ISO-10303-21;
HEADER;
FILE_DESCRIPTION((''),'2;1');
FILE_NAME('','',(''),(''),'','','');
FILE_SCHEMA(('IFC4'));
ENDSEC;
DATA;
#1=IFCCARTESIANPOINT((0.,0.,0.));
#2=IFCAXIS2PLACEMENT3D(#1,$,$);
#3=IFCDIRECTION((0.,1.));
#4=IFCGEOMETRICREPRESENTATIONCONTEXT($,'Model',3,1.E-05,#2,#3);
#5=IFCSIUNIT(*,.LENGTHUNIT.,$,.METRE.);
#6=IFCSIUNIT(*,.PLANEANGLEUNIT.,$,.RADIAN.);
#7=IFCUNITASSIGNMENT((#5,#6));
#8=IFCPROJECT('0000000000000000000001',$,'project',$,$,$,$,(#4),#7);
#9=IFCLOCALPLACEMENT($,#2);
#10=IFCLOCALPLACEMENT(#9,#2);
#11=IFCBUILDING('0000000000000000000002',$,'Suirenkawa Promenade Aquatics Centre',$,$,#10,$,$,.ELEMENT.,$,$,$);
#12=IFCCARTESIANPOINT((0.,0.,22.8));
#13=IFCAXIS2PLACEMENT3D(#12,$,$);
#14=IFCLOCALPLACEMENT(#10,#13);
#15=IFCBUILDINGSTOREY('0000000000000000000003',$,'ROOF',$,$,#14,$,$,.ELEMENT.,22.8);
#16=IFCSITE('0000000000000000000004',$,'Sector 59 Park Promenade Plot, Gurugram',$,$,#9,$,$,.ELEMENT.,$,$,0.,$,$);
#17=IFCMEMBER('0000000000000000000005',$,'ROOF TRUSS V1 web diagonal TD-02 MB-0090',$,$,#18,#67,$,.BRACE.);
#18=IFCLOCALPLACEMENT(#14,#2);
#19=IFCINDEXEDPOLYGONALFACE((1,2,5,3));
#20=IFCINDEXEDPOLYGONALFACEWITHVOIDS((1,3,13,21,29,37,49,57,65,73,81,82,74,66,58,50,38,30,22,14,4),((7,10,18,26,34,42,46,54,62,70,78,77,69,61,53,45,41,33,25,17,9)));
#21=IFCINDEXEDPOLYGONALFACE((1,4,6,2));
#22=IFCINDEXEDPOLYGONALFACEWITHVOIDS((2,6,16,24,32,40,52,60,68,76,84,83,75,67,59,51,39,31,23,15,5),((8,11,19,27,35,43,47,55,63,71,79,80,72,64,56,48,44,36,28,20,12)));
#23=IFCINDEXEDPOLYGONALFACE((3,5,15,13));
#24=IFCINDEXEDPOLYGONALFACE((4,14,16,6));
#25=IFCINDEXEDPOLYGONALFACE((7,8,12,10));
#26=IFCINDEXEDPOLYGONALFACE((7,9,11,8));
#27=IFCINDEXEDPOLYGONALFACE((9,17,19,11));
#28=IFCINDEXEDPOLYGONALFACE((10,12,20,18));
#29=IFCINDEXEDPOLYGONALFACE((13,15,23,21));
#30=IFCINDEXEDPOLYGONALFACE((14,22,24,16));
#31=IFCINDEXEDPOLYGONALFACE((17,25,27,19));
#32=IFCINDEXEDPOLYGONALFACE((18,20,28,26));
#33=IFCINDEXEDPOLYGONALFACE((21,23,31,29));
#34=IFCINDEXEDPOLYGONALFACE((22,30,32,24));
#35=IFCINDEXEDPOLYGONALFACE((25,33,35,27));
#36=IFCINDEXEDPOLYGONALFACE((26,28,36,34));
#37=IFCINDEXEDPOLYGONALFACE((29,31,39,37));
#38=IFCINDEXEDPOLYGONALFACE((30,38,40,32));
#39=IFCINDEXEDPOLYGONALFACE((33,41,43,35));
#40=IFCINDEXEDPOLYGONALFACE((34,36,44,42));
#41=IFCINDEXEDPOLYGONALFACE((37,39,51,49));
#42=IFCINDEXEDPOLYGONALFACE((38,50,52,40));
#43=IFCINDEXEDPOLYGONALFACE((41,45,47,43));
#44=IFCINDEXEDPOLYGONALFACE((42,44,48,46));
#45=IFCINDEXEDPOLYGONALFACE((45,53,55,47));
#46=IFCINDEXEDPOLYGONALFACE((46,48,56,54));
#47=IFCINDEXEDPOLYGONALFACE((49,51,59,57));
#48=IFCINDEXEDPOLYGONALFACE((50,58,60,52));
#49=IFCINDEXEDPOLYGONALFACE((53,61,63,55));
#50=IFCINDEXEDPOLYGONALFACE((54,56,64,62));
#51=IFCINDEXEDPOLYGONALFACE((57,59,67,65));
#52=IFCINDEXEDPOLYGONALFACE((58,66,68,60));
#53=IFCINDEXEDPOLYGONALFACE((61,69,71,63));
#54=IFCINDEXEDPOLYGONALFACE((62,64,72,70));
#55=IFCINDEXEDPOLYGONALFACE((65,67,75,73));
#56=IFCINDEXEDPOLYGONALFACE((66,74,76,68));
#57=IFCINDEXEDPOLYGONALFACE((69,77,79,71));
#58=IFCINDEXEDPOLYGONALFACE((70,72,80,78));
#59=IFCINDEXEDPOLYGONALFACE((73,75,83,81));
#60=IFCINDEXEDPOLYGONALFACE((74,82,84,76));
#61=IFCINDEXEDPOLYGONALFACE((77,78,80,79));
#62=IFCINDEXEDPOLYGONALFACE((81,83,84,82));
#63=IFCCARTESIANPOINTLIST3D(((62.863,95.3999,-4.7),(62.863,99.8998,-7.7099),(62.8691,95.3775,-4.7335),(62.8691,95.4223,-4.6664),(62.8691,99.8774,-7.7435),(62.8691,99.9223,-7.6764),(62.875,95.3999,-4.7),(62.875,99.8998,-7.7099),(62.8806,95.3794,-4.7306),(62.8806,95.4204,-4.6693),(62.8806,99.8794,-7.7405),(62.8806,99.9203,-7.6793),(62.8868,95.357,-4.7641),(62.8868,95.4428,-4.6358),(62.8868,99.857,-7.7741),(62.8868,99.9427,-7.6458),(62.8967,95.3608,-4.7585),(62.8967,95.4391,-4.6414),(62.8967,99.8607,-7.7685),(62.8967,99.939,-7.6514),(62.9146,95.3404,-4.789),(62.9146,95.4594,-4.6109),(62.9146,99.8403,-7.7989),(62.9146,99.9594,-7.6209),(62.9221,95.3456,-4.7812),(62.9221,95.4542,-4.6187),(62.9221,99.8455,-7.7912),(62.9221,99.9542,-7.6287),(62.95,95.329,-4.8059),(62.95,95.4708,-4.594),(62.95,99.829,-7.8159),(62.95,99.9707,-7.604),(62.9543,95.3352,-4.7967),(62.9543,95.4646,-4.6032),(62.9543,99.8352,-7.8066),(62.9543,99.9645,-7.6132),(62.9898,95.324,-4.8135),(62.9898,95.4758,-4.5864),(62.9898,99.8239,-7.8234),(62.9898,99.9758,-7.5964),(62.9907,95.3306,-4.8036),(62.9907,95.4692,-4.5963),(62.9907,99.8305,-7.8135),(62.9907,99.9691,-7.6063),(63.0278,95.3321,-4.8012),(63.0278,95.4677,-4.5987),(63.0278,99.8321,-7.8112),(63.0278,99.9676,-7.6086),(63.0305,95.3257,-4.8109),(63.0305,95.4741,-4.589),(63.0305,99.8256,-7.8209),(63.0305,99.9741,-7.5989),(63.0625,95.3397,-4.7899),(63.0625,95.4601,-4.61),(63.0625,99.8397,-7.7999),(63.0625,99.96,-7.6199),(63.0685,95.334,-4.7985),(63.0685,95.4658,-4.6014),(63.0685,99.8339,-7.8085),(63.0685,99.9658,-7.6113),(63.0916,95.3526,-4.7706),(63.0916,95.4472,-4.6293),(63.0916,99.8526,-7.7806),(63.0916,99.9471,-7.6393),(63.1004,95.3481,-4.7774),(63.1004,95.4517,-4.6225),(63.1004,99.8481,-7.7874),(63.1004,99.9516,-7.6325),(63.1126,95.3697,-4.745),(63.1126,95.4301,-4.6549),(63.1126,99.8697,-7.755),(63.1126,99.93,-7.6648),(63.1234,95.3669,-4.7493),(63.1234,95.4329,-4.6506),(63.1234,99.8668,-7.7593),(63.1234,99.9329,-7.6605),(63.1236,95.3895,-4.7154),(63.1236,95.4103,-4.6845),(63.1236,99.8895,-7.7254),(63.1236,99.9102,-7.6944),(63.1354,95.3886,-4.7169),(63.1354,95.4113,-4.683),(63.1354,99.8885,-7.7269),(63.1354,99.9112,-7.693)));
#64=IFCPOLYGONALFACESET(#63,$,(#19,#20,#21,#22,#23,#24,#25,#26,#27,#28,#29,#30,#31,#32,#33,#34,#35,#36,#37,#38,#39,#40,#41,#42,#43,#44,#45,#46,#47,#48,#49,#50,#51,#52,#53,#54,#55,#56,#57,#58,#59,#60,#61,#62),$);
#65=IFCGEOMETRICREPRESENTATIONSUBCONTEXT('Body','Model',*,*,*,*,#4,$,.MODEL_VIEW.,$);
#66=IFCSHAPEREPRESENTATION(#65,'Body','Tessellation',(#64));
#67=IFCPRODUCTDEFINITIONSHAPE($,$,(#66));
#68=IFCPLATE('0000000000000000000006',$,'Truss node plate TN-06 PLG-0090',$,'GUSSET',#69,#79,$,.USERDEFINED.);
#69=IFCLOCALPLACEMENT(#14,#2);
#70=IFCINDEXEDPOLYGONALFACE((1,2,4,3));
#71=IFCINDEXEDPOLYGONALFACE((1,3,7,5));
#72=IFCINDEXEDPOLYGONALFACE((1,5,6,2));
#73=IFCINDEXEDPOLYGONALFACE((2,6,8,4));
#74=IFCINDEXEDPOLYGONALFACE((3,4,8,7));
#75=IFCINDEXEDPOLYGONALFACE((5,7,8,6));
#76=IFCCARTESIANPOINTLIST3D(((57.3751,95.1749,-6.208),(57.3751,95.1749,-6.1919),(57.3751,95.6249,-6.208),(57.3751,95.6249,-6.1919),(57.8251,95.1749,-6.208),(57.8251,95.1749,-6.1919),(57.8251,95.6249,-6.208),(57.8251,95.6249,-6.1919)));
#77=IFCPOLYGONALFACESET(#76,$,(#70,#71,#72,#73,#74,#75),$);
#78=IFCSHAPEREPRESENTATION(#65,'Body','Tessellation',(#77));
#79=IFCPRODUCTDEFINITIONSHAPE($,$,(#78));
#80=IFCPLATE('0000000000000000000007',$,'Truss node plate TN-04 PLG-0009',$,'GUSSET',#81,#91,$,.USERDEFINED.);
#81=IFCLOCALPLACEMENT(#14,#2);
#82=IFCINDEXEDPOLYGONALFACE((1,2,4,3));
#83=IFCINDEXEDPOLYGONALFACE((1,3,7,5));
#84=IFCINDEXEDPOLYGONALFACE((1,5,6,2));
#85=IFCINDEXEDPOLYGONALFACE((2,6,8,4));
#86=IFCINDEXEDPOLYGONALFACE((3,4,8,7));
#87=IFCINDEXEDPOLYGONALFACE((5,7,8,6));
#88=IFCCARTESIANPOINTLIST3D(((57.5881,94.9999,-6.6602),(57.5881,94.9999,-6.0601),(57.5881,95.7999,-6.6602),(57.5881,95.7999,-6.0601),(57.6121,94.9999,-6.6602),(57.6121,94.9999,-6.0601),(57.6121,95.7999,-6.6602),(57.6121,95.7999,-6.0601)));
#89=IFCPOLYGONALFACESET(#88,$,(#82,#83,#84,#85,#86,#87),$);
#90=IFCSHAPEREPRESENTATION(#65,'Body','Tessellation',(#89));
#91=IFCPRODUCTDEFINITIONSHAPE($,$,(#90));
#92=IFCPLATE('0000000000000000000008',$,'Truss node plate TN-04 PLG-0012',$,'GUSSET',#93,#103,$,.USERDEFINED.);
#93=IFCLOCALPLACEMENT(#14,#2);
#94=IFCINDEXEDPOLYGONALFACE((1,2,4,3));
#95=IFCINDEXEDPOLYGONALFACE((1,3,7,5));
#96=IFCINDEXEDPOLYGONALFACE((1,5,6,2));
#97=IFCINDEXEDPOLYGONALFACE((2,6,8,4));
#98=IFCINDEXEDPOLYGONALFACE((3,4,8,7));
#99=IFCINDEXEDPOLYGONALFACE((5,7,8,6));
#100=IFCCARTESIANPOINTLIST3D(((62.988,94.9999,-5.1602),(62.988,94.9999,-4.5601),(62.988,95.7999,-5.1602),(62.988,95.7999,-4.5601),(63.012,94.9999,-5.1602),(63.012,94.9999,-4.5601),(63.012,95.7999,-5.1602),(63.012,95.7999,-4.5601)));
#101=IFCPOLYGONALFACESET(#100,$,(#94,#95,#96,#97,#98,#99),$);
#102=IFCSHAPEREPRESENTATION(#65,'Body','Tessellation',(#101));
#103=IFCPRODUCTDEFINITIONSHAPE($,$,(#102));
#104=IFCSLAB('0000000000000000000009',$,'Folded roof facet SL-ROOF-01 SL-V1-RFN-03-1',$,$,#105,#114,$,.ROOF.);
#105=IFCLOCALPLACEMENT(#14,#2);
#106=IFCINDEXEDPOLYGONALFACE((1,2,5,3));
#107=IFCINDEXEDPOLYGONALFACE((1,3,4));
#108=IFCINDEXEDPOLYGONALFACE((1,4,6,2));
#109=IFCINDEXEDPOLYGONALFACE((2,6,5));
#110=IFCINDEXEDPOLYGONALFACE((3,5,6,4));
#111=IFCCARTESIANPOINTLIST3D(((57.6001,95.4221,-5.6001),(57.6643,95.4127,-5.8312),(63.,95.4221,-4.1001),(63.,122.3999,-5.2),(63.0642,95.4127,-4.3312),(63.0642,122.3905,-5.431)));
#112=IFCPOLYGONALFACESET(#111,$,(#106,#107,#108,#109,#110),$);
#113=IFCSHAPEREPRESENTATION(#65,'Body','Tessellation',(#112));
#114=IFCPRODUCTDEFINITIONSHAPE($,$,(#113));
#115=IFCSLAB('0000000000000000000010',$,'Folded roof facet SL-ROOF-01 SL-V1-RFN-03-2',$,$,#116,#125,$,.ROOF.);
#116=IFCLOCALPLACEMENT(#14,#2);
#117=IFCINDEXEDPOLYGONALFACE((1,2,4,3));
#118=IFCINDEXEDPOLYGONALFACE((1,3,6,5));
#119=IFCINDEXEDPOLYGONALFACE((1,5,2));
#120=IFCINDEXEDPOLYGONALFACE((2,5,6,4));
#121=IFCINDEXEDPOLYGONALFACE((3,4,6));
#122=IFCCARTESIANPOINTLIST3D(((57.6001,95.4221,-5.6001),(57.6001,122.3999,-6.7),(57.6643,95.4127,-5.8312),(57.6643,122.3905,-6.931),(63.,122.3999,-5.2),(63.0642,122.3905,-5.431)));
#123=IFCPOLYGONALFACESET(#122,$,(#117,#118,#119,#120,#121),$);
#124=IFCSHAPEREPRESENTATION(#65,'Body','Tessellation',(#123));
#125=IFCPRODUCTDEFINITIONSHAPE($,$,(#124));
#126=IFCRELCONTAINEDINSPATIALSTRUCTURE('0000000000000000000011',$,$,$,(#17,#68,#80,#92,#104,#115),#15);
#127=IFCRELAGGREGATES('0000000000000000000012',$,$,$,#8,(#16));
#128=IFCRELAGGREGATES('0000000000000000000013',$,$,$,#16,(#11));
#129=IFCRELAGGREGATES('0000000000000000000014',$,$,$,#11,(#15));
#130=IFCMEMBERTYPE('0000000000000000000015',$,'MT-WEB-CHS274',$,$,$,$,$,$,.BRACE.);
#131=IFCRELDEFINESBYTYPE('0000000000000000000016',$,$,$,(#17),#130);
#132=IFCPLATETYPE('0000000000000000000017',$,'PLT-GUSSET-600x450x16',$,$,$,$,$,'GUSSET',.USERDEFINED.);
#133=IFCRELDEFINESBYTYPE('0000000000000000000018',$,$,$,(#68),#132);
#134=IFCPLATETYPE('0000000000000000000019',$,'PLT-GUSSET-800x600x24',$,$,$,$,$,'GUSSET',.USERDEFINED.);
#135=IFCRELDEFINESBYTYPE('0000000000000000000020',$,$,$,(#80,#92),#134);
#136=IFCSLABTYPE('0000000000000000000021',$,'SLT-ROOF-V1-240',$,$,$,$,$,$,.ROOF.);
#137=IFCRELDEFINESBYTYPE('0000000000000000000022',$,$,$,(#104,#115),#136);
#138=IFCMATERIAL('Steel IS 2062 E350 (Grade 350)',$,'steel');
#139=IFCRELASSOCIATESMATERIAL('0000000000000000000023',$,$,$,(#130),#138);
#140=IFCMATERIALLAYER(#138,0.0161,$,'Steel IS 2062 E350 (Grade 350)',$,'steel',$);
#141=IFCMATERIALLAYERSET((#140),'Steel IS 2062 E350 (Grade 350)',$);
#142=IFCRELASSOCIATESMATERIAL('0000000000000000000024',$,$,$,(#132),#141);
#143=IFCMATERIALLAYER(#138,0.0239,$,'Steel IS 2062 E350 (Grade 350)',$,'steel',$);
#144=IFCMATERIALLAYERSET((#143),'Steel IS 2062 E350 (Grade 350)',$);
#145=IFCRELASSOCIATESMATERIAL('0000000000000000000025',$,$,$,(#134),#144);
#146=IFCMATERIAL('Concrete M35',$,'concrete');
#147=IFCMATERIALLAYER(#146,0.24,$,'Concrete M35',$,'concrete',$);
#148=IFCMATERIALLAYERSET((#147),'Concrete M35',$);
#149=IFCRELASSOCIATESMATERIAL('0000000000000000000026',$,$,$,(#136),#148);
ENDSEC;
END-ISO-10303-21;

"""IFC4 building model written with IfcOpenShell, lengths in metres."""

from ifc_helpers import new_model, si_unit, direction, frame, origin, origin_2d, place, context, subcontext, project, spatial, polyline, rectangle, hollow_circle, outline, extrude, material, layer, layer_set, material_profile, profile_set, type_object, element, save


model = new_model("IFC4")

# Units and contexts
model_context = context("Model", 3, precision=1e-05, world=origin(), true_north=direction((0.0, 1.0)))
body_context = subcontext(model_context, "Body", "Model", "MODEL_VIEW")
ifc_project = project(units=[si_unit("LENGTHUNIT", "METRE"), si_unit("PLANEANGLEUNIT", "RADIAN")], contexts=[model_context])

# Site, building, storey
site_placement = place(None, origin())
site = spatial("IfcSite", under=ifc_project, at=site_placement, Name="Sector 59 Park Promenade Plot, Gurugram", CompositionType="ELEMENT", RefElevation=0.0)
building_placement = place(site_placement, origin())
building = spatial("IfcBuilding", under=site, at=building_placement, Name="Suirenkawa Promenade Aquatics Centre", CompositionType="ELEMENT")
storey_placement = place(building_placement, frame((0.0, 0.0, 22.8)))
storey = spatial("IfcBuildingStorey", under=building, at=storey_placement, Name="ROOF", CompositionType="ELEMENT", Elevation=22.8)

# Shared definitions
ifc_material_1 = material(Name="Steel IS 2062 E350 (Grade 350)", Category="steel")

# Member
ifc_material_profile_1 = material_profile(ifc_material_1, hollow_circle(Radius=0.137, WallThickness=0.012, at=origin_2d()), Name="CHS 274x12", Category="steel")
ifc_profile_set_1 = profile_set([ifc_material_profile_1], Name="Steel IS 2062 E350 (Grade 350)")
member_type_1 = type_object("IfcMemberType", Name="MT-WEB-CHS274", PredefinedType="BRACE", material=ifc_profile_set_1)
member_1_placement = place(storey_placement, frame((63.0, 95.3999, -4.7), z_axis=(0.0, 0.831196, -0.55598), x_axis=(-1.0, 0.0, 0.0)))
element("IfcMember", 1, at=member_1_placement, inside=storey, type_object=member_type_1, Name="ROOF TRUSS V1 web diagonal TD-02 MB-0090", PredefinedType="BRACE", context=body_context, shape_type="SweptSolid", body=[
    extrude(hollow_circle(Radius=0.137, WallThickness=0.012, at=origin_2d()), origin(), (0.0, 0.0, 1.0), 5.4138),
])

# Plates
ifc_layer_1 = layer(ifc_material_1, 0.0161, Name="Steel IS 2062 E350 (Grade 350)", Category="steel")
ifc_layer_set_1 = layer_set([ifc_layer_1], Name="Steel IS 2062 E350 (Grade 350)")
plate_type_1 = type_object("IfcPlateType", Name="PLT-GUSSET-600x450x16", ElementType="GUSSET", PredefinedType="USERDEFINED", material=ifc_layer_set_1)
plate_placement = place(storey_placement, frame((57.6001, 95.3999, -6.208), z_axis=(0.0, 0.0, 1.0), x_axis=(1.0, 0.0, 0.0)))
element("IfcPlate", 2, at=plate_placement, inside=storey, type_object=plate_type_1, Name="Truss node plate TN-06 PLG-0090", ObjectType="GUSSET", PredefinedType="USERDEFINED", context=body_context, shape_type="SweptSolid", body=[
    extrude(rectangle(XDim=0.45, YDim=0.45, at=origin_2d()), origin(), (0.0, 0.0, 1.0), 0.0161),
])
ifc_layer_2 = layer(ifc_material_1, 0.0239, Name="Steel IS 2062 E350 (Grade 350)", Category="steel")
ifc_layer_set_2 = layer_set([ifc_layer_2], Name="Steel IS 2062 E350 (Grade 350)")
plate_type_2 = type_object("IfcPlateType", Name="PLT-GUSSET-800x600x24", ElementType="GUSSET", PredefinedType="USERDEFINED", material=ifc_layer_set_2)
for number, where, z_axis, x_axis, name in (
    (3, (57.6001, 95.3999, -6.6602), (0.0, 0.0, 1.0), (0.0, 1.0, 0.0), "Truss node plate TN-04 PLG-0009"),
    (4, (63.0, 95.3999, -5.1602), (0.0, 0.0, 1.0), (0.0, 1.0, 0.0), "Truss node plate TN-04 PLG-0012"),
):
    element("IfcPlate", number, at=place(storey_placement, frame(where, z_axis=z_axis, x_axis=x_axis)), inside=storey, type_object=plate_type_2, Name=name, ObjectType="GUSSET", PredefinedType="USERDEFINED", context=body_context, shape_type="SweptSolid", body=[
        extrude(rectangle(XDim=0.8, YDim=0.0239, at=origin_2d()), origin(), (0.0, 0.0, 1.0), 0.6001),
    ])

# Slabs
ifc_material_2 = material(Name="Concrete M35", Category="concrete")
ifc_layer_3 = layer(ifc_material_2, 0.24, Name="Concrete M35", Category="concrete")
ifc_layer_set_3 = layer_set([ifc_layer_3], Name="Concrete M35")
slab_type = type_object("IfcSlabType", Name="SLT-ROOF-V1-240", PredefinedType="ROOF", material=ifc_layer_set_3)
slab_1_placement = place(storey_placement, frame((57.6001, 95.4221, -5.6001), z_axis=(-0.267442, 0.039251, 0.962774), x_axis=(0.963517, 0.0, 0.267648)))
element("IfcSlab", 5, at=slab_1_placement, inside=storey, type_object=slab_type, Name="Folded roof facet SL-ROOF-01 SL-V1-RFN-03-1", PredefinedType="ROOF", context=body_context, shape_type="SweptSolid", body=[
    extrude(outline(polyline([(0.0, 0.0), (5.6044, 0.0), (5.31, 26.9986), (0.0, 0.0)])), origin(), (0.0, 0.0, -1.0), 0.24),
])
slab_2_placement = place(storey_placement, frame((57.6001, 95.4221, -5.6001), z_axis=(-0.267442, 0.039251, 0.962774), x_axis=(0.196247, 0.980447, 0.014542)))
element("IfcSlab", 6, at=slab_2_placement, inside=storey, type_object=slab_type, Name="Folded roof facet SL-ROOF-01 SL-V1-RFN-03-2", PredefinedType="ROOF", context=body_context, shape_type="SweptSolid", body=[
    extrude(outline(polyline([(0.0, 0.0), (27.5158, 0.0), (26.4343, 5.499), (0.0, 0.0)])), origin(), (0.0, 0.0, -1.0), 0.24),
])

save(model, "model.ifc")
